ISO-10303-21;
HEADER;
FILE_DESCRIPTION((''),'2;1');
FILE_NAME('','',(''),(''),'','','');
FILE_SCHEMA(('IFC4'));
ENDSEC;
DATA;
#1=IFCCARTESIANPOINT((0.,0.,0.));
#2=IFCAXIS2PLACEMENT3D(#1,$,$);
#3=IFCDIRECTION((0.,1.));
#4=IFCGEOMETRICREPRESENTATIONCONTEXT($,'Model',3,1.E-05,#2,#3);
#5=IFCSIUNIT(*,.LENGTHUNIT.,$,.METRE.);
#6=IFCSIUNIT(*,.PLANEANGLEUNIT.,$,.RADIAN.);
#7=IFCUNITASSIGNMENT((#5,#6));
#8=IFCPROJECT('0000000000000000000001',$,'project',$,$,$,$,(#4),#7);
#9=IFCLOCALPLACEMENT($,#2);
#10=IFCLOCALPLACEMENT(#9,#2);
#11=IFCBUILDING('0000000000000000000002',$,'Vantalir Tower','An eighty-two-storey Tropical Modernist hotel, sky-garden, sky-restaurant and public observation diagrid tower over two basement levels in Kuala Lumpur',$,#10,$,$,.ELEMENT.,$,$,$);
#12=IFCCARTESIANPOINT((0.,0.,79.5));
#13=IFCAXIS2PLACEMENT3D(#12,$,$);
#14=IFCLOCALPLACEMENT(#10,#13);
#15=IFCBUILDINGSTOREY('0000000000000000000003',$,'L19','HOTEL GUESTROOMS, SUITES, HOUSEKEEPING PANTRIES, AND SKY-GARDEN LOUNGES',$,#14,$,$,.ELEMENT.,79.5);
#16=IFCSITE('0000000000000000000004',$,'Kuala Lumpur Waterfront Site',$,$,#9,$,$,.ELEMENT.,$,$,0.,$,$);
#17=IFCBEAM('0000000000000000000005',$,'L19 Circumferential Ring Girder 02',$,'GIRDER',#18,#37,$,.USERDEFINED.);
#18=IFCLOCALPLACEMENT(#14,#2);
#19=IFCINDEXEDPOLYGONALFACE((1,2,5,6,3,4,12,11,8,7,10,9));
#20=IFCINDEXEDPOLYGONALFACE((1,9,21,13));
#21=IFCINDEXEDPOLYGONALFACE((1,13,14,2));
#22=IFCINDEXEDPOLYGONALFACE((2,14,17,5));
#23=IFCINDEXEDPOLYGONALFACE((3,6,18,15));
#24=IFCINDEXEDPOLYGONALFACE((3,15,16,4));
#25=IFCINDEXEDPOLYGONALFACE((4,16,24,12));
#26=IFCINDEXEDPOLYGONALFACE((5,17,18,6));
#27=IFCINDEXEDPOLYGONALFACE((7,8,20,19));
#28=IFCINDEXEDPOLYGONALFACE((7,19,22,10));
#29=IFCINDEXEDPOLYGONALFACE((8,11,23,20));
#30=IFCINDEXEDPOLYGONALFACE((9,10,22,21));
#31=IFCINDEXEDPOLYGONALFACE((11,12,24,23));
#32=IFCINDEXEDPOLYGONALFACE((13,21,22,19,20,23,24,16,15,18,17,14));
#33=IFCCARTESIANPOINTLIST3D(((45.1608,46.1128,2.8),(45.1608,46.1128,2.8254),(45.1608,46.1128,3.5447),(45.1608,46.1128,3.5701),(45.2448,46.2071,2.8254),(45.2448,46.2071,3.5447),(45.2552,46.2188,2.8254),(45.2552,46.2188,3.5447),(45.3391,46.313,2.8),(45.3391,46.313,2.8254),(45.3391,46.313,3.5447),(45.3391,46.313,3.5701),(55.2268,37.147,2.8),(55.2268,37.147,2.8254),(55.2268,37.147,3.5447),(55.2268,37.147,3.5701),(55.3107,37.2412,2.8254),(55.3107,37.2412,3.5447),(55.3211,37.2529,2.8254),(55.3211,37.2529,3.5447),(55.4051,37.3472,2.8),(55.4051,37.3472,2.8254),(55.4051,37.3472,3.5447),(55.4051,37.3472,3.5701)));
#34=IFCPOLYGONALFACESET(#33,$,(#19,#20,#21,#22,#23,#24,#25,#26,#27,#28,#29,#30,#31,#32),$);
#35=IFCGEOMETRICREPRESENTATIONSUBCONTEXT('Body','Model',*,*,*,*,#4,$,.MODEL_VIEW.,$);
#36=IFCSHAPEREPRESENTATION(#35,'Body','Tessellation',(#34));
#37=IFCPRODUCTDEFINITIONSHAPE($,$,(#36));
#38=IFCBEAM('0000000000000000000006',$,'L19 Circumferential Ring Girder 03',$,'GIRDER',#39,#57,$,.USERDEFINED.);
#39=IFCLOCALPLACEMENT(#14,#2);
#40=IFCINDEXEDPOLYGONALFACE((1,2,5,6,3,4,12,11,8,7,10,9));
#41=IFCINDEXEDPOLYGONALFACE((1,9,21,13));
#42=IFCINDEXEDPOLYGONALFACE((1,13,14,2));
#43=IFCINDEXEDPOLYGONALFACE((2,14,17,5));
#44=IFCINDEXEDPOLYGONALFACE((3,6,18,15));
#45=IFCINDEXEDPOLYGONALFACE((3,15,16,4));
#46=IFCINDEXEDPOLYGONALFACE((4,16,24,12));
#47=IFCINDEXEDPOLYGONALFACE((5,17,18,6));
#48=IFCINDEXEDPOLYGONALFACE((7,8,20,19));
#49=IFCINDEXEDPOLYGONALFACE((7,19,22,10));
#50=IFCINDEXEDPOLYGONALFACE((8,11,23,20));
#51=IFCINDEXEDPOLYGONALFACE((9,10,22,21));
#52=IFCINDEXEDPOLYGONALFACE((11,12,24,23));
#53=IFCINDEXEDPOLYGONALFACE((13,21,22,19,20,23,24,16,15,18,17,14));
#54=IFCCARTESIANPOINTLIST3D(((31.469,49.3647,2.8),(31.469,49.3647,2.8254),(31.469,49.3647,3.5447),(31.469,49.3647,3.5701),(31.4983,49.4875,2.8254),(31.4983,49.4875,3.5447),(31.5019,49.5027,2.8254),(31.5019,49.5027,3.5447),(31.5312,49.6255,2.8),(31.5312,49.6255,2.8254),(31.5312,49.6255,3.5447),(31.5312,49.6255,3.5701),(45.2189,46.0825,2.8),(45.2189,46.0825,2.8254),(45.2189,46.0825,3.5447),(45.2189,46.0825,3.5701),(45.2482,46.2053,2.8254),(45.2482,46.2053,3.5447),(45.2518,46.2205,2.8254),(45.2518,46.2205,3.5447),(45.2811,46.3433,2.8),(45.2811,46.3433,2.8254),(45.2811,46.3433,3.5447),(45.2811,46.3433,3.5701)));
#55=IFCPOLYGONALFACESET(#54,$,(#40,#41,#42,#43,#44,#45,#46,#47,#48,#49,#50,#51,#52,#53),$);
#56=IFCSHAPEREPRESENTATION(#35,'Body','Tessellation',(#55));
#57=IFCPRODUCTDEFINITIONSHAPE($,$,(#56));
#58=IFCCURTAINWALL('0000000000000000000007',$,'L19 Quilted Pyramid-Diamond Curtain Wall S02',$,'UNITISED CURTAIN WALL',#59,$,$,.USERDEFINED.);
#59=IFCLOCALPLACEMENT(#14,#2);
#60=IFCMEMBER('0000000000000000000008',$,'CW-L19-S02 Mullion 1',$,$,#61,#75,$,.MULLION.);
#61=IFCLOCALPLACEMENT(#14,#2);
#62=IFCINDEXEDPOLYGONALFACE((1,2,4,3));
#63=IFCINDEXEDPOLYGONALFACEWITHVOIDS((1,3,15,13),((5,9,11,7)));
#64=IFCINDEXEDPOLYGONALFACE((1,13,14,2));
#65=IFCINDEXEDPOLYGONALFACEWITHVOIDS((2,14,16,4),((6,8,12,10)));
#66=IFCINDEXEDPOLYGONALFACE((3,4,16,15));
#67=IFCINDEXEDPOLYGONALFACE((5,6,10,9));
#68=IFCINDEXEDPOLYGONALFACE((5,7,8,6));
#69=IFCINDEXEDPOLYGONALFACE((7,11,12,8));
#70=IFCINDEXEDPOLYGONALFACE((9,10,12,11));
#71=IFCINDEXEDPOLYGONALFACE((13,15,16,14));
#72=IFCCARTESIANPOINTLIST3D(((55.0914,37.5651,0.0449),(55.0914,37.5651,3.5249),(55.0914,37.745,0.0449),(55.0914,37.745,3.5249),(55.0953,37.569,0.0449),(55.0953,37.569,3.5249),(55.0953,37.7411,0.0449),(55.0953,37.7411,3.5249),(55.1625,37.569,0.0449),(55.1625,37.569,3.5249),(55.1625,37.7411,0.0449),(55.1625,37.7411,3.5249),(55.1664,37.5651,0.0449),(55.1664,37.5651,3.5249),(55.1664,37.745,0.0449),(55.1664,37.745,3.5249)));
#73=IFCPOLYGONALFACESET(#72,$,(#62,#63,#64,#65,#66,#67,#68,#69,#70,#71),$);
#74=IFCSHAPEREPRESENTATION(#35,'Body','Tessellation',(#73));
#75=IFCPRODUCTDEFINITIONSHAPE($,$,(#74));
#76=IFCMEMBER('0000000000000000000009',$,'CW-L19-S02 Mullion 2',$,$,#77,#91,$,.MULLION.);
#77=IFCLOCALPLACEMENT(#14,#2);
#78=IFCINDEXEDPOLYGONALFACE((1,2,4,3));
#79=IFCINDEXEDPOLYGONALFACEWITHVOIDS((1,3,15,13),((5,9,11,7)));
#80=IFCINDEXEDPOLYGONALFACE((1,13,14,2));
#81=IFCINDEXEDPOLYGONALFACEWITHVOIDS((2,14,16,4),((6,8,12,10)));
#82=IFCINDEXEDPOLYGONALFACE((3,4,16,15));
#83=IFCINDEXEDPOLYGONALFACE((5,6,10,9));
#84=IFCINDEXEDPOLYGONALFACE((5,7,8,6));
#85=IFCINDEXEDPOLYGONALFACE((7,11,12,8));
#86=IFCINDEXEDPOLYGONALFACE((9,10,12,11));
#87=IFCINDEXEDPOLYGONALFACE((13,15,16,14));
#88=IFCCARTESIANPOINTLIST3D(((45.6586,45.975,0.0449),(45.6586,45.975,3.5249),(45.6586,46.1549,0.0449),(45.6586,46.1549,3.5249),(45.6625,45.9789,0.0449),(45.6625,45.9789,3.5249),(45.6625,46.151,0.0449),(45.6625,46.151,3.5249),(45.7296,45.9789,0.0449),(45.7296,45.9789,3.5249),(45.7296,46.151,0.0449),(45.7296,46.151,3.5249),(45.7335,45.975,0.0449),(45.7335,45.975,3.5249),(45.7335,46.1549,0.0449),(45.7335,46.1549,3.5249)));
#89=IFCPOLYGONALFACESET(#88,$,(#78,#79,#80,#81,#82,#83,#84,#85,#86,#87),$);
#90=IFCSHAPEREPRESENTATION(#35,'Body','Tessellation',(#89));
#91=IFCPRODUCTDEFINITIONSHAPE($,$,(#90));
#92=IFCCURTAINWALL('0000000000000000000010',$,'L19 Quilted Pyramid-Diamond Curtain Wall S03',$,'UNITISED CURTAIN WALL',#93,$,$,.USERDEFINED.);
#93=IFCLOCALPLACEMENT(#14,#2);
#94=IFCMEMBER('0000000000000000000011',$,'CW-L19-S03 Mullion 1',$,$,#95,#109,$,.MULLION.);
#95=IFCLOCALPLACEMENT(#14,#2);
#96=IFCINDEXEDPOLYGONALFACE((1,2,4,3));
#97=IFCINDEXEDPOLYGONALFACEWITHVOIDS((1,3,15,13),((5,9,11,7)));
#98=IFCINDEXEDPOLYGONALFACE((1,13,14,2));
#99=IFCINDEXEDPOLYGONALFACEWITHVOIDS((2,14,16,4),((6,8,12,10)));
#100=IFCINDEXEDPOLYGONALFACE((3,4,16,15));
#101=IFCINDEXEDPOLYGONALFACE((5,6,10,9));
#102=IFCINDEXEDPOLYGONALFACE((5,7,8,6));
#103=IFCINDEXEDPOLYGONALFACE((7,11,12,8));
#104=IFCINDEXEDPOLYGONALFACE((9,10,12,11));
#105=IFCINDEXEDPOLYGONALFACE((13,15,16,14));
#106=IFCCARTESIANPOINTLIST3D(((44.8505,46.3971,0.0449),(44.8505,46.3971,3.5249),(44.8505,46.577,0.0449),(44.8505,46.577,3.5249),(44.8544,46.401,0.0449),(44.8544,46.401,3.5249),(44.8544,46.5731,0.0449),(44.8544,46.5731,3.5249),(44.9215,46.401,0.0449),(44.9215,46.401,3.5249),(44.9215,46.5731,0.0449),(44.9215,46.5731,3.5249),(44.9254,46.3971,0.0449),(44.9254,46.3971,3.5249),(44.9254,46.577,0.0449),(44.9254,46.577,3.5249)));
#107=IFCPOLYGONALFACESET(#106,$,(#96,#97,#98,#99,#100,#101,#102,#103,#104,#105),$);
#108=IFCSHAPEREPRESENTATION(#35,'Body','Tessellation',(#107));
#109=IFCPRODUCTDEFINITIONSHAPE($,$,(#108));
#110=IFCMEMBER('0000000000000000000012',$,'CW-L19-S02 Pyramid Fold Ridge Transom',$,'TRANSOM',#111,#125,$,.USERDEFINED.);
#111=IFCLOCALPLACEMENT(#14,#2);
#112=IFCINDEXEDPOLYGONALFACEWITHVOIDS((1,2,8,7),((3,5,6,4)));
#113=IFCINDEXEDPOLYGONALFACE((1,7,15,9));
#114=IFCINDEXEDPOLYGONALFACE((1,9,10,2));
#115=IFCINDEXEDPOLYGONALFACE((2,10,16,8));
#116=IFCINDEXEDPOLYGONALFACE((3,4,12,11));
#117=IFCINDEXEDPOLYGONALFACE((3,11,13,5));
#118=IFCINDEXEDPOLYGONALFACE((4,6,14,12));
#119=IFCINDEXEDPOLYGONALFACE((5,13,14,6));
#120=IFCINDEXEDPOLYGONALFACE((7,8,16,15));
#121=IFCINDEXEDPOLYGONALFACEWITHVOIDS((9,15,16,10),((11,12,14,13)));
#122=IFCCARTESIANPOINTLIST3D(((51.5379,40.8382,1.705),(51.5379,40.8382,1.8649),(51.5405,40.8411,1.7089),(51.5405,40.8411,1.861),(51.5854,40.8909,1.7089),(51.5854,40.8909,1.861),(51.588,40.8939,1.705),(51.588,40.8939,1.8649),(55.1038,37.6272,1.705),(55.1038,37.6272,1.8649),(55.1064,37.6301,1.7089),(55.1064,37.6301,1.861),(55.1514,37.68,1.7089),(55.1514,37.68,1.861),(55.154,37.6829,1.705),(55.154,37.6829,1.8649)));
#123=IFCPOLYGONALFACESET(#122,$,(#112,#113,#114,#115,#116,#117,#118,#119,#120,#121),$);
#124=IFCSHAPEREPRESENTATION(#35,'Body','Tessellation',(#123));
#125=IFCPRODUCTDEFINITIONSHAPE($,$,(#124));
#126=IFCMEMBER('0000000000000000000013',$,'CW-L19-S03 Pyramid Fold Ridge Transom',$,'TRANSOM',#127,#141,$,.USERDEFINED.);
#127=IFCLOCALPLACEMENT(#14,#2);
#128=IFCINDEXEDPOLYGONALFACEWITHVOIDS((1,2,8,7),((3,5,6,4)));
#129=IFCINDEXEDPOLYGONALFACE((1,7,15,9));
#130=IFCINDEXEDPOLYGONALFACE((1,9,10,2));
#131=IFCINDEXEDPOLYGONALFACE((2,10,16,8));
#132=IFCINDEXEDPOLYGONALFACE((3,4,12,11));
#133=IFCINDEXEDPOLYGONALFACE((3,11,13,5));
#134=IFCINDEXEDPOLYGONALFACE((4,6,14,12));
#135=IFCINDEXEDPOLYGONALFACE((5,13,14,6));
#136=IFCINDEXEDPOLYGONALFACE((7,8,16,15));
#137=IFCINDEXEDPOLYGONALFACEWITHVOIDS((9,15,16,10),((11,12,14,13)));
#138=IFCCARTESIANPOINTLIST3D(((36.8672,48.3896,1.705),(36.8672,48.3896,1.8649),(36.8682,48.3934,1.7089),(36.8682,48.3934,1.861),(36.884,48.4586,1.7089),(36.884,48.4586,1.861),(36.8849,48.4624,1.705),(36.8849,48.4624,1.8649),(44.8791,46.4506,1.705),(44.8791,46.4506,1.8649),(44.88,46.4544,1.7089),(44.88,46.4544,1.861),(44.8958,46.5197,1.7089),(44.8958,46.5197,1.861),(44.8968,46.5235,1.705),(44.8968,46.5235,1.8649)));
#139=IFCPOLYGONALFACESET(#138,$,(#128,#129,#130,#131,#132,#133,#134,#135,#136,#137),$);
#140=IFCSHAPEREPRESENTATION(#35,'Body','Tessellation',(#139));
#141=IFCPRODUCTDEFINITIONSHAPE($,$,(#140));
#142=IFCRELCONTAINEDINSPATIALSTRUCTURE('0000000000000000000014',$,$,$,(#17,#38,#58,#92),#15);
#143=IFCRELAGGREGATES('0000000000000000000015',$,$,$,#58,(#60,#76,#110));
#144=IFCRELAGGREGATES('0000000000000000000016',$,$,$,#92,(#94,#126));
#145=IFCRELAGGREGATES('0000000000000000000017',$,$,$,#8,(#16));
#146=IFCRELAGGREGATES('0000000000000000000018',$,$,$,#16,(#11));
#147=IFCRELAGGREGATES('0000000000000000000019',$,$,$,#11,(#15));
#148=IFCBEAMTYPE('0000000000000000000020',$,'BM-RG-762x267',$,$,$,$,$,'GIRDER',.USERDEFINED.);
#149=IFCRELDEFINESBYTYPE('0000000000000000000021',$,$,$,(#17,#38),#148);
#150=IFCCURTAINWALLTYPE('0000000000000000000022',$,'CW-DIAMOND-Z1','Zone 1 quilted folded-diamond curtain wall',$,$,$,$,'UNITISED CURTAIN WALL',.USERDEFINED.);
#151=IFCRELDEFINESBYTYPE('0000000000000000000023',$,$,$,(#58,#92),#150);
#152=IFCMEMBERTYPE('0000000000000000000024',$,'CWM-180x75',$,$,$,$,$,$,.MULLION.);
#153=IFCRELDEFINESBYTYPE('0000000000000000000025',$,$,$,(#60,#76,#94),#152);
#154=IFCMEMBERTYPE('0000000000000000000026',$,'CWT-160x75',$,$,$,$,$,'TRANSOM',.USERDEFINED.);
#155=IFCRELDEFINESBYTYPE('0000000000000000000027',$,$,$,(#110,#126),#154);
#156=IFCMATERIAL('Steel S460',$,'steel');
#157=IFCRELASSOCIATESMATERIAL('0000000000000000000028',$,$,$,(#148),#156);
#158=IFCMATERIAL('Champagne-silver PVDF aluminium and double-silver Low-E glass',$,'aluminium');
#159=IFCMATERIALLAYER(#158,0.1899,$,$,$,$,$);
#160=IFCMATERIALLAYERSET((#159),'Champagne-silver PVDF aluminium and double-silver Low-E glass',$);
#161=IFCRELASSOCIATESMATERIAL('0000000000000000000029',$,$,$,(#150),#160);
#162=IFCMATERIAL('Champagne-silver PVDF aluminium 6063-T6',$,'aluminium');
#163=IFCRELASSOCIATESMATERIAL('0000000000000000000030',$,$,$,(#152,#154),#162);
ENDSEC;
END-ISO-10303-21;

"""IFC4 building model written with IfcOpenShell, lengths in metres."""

from ifc_helpers import new_model, si_unit, direction, frame, origin, origin_2d, place, context, subcontext, project, spatial, hollow_rectangle, i_section, extrude, material, layer, layer_set, material_profile, profile_set, type_object, element, aggregate, save


model = new_model("IFC4")

# Units and contexts
model_context = context("Model", 3, precision=1e-05, world=origin(), true_north=direction((0.0, 1.0)))
body_context = subcontext(model_context, "Body", "Model", "MODEL_VIEW")
ifc_project = project(units=[si_unit("LENGTHUNIT", "METRE"), si_unit("PLANEANGLEUNIT", "RADIAN")], contexts=[model_context])

# Site, building, storey
site_placement = place(None, origin())
site = spatial("IfcSite", under=ifc_project, at=site_placement, Name="Kuala Lumpur Waterfront Site", CompositionType="ELEMENT", RefElevation=0.0)
building_placement = place(site_placement, origin())
building = spatial("IfcBuilding", under=site, at=building_placement, Name="Vantalir Tower", Description="An eighty-two-storey Tropical Modernist hotel, sky-garden, sky-restaurant and public observation diagrid tower over two basement levels in Kuala Lumpur", CompositionType="ELEMENT")
storey_placement = place(building_placement, frame((0.0, 0.0, 79.5)))
storey = spatial("IfcBuildingStorey", under=building, at=storey_placement, Name="L19", Description="HOTEL GUESTROOMS, SUITES, HOUSEKEEPING PANTRIES, AND SKY-GARDEN LOUNGES", CompositionType="ELEMENT", Elevation=79.5)

# Shared definitions
ifc_material_1 = material(Name="Steel S460", Category="steel")

# Beams
ifc_material_profile_1 = material_profile(ifc_material_1, i_section(OverallWidth=0.2681, OverallDepth=0.77, WebThickness=0.0156, FlangeThickness=0.0254, at=origin_2d()), Name="Steel S460")
ifc_profile_set_1 = profile_set([ifc_material_profile_1], Name="Steel S460")
beam_type_1 = type_object("IfcBeamType", Name="BM-RG-762x267", ElementType="GIRDER", PredefinedType="USERDEFINED", material=ifc_profile_set_1)
beam_1_placement = place(storey_placement, frame((55.3159, 37.2471, 3.1851), z_axis=(-0.746733, 0.665123, 0.0), x_axis=(-0.665123, -0.746733, 0.0)))
element("IfcBeam", 1, at=beam_1_placement, inside=storey, type_object=beam_type_1, Name="L19 Circumferential Ring Girder 02", ObjectType="GIRDER", PredefinedType="USERDEFINED", context=body_context, shape_type="SweptSolid", body=[
    extrude(i_section(OverallWidth=0.2681, OverallDepth=0.77, WebThickness=0.0156, FlangeThickness=0.0254, at=origin_2d()), origin(), (0.0, 0.0, 1.0), 13.48),
])
beam_2_placement = place(storey_placement, frame((45.25, 46.2129, 3.1851), z_axis=(-0.972672, 0.232184, 0.0), x_axis=(-0.232184, -0.972672, 0.0)))
element("IfcBeam", 2, at=beam_2_placement, inside=storey, type_object=beam_type_1, Name="L19 Circumferential Ring Girder 03", ObjectType="GIRDER", PredefinedType="USERDEFINED", context=body_context, shape_type="SweptSolid", body=[
    extrude(i_section(OverallWidth=0.2681, OverallDepth=0.77, WebThickness=0.0156, FlangeThickness=0.0254, at=origin_2d()), origin(), (0.0, 0.0, 1.0), 14.1362),
])

# Curtain wall, members
ifc_material_2 = material(Name="Champagne-silver PVDF aluminium and double-silver Low-E glass", Category="aluminium")
ifc_layer_1 = layer(ifc_material_2, 0.1899)
ifc_layer_set_1 = layer_set([ifc_layer_1], Name="Champagne-silver PVDF aluminium and double-silver Low-E glass")
curtain_wall_type = type_object("IfcCurtainWallType", Name="CW-DIAMOND-Z1", Description="Zone 1 quilted folded-diamond curtain wall", ElementType="UNITISED CURTAIN WALL", PredefinedType="USERDEFINED", material=ifc_layer_set_1)
curtain_wall_1_placement = place(storey_placement, origin())
curtain_wall_1 = element("IfcCurtainWall", 3, at=curtain_wall_1_placement, inside=storey, type_object=curtain_wall_type, Name="L19 Quilted Pyramid-Diamond Curtain Wall S02", ObjectType="UNITISED CURTAIN WALL", PredefinedType="USERDEFINED")
ifc_material_3 = material(Name="Champagne-silver PVDF aluminium 6063-T6", Category="aluminium")
ifc_material_profile_2 = material_profile(ifc_material_3, hollow_rectangle(XDim=0.075, YDim=0.1799, WallThickness=0.0039, at=origin_2d()), Name="Champagne-silver PVDF aluminium 6063-T6")
ifc_profile_set_2 = profile_set([ifc_material_profile_2], Name="Champagne-silver PVDF aluminium 6063-T6")
member_type_1 = type_object("IfcMemberType", Name="CWM-180x75", PredefinedType="MULLION", material=ifc_profile_set_2)
member_1_placement = place(storey_placement, frame((55.1289, 37.655, 0.0449), z_axis=(0.0, 0.0, 1.0), x_axis=(1.0, 0.0, 0.0)))
member_1 = element("IfcMember", 4, at=member_1_placement, type_object=member_type_1, Name="CW-L19-S02 Mullion 1", PredefinedType="MULLION", context=body_context, shape_type="SweptSolid", body=[
    extrude(hollow_rectangle(XDim=0.075, YDim=0.1799, WallThickness=0.0039, at=origin_2d()), origin(), (0.0, 0.0, 1.0), 3.48),
])
member_2_placement = place(storey_placement, frame((45.696, 46.0649, 0.0449), z_axis=(0.0, 0.0, 1.0), x_axis=(1.0, 0.0, 0.0)))
member_2 = element("IfcMember", 5, at=member_2_placement, type_object=member_type_1, Name="CW-L19-S02 Mullion 2", PredefinedType="MULLION", context=body_context, shape_type="SweptSolid", body=[
    extrude(hollow_rectangle(XDim=0.075, YDim=0.1799, WallThickness=0.0039, at=origin_2d()), origin(), (0.0, 0.0, 1.0), 3.48),
])

# Curtain wall, member
curtain_wall_2_placement = place(storey_placement, origin())
curtain_wall_2 = element("IfcCurtainWall", 6, at=curtain_wall_2_placement, inside=storey, type_object=curtain_wall_type, Name="L19 Quilted Pyramid-Diamond Curtain Wall S03", ObjectType="UNITISED CURTAIN WALL", PredefinedType="USERDEFINED")
member_3_placement = place(storey_placement, frame((44.8879, 46.4871, 0.0449), z_axis=(0.0, 0.0, 1.0), x_axis=(1.0, 0.0, 0.0)))
member_3 = element("IfcMember", 7, at=member_3_placement, type_object=member_type_1, Name="CW-L19-S03 Mullion 1", PredefinedType="MULLION", context=body_context, shape_type="SweptSolid", body=[
    extrude(hollow_rectangle(XDim=0.075, YDim=0.1799, WallThickness=0.0039, at=origin_2d()), origin(), (0.0, 0.0, 1.0), 3.48),
])

# Members
ifc_material_profile_3 = material_profile(ifc_material_3, hollow_rectangle(XDim=0.075, YDim=0.1599, WallThickness=0.0039, at=origin_2d()), Name="Champagne-silver PVDF aluminium 6063-T6")
ifc_profile_set_3 = profile_set([ifc_material_profile_3], Name="Champagne-silver PVDF aluminium 6063-T6")
member_type_2 = type_object("IfcMemberType", Name="CWT-160x75", ElementType="TRANSOM", PredefinedType="USERDEFINED", material=ifc_profile_set_3)
member_4_placement = place(storey_placement, frame((55.1289, 37.655, 1.7849), z_axis=(-0.743127, 0.66915, 0.0), x_axis=(-0.66915, -0.743127, 0.0)))
member_4 = element("IfcMember", 8, at=member_4_placement, type_object=member_type_2, Name="CW-L19-S02 Pyramid Fold Ridge Transom", ObjectType="TRANSOM", PredefinedType="USERDEFINED", context=body_context, shape_type="SweptSolid", body=[
    extrude(hollow_rectangle(XDim=0.075, YDim=0.1599, WallThickness=0.0039, at=origin_2d()), origin(), (0.0, 0.0, 1.0), 4.7986),
])
member_5_placement = place(storey_placement, frame((44.8879, 46.4871, 1.7849), z_axis=(-0.971943, 0.235219, 0.0), x_axis=(-0.235219, -0.971943, 0.0)))
member_5 = element("IfcMember", 9, at=member_5_placement, type_object=member_type_2, Name="CW-L19-S03 Pyramid Fold Ridge Transom", ObjectType="TRANSOM", PredefinedType="USERDEFINED", context=body_context, shape_type="SweptSolid", body=[
    extrude(hollow_rectangle(XDim=0.075, YDim=0.1599, WallThickness=0.0039, at=origin_2d()), origin(), (0.0, 0.0, 1.0), 8.2432),
])

aggregate(curtain_wall_1, [member_1, member_2, member_4])
aggregate(curtain_wall_2, [member_3, member_5])

save(model, "model.ifc")
